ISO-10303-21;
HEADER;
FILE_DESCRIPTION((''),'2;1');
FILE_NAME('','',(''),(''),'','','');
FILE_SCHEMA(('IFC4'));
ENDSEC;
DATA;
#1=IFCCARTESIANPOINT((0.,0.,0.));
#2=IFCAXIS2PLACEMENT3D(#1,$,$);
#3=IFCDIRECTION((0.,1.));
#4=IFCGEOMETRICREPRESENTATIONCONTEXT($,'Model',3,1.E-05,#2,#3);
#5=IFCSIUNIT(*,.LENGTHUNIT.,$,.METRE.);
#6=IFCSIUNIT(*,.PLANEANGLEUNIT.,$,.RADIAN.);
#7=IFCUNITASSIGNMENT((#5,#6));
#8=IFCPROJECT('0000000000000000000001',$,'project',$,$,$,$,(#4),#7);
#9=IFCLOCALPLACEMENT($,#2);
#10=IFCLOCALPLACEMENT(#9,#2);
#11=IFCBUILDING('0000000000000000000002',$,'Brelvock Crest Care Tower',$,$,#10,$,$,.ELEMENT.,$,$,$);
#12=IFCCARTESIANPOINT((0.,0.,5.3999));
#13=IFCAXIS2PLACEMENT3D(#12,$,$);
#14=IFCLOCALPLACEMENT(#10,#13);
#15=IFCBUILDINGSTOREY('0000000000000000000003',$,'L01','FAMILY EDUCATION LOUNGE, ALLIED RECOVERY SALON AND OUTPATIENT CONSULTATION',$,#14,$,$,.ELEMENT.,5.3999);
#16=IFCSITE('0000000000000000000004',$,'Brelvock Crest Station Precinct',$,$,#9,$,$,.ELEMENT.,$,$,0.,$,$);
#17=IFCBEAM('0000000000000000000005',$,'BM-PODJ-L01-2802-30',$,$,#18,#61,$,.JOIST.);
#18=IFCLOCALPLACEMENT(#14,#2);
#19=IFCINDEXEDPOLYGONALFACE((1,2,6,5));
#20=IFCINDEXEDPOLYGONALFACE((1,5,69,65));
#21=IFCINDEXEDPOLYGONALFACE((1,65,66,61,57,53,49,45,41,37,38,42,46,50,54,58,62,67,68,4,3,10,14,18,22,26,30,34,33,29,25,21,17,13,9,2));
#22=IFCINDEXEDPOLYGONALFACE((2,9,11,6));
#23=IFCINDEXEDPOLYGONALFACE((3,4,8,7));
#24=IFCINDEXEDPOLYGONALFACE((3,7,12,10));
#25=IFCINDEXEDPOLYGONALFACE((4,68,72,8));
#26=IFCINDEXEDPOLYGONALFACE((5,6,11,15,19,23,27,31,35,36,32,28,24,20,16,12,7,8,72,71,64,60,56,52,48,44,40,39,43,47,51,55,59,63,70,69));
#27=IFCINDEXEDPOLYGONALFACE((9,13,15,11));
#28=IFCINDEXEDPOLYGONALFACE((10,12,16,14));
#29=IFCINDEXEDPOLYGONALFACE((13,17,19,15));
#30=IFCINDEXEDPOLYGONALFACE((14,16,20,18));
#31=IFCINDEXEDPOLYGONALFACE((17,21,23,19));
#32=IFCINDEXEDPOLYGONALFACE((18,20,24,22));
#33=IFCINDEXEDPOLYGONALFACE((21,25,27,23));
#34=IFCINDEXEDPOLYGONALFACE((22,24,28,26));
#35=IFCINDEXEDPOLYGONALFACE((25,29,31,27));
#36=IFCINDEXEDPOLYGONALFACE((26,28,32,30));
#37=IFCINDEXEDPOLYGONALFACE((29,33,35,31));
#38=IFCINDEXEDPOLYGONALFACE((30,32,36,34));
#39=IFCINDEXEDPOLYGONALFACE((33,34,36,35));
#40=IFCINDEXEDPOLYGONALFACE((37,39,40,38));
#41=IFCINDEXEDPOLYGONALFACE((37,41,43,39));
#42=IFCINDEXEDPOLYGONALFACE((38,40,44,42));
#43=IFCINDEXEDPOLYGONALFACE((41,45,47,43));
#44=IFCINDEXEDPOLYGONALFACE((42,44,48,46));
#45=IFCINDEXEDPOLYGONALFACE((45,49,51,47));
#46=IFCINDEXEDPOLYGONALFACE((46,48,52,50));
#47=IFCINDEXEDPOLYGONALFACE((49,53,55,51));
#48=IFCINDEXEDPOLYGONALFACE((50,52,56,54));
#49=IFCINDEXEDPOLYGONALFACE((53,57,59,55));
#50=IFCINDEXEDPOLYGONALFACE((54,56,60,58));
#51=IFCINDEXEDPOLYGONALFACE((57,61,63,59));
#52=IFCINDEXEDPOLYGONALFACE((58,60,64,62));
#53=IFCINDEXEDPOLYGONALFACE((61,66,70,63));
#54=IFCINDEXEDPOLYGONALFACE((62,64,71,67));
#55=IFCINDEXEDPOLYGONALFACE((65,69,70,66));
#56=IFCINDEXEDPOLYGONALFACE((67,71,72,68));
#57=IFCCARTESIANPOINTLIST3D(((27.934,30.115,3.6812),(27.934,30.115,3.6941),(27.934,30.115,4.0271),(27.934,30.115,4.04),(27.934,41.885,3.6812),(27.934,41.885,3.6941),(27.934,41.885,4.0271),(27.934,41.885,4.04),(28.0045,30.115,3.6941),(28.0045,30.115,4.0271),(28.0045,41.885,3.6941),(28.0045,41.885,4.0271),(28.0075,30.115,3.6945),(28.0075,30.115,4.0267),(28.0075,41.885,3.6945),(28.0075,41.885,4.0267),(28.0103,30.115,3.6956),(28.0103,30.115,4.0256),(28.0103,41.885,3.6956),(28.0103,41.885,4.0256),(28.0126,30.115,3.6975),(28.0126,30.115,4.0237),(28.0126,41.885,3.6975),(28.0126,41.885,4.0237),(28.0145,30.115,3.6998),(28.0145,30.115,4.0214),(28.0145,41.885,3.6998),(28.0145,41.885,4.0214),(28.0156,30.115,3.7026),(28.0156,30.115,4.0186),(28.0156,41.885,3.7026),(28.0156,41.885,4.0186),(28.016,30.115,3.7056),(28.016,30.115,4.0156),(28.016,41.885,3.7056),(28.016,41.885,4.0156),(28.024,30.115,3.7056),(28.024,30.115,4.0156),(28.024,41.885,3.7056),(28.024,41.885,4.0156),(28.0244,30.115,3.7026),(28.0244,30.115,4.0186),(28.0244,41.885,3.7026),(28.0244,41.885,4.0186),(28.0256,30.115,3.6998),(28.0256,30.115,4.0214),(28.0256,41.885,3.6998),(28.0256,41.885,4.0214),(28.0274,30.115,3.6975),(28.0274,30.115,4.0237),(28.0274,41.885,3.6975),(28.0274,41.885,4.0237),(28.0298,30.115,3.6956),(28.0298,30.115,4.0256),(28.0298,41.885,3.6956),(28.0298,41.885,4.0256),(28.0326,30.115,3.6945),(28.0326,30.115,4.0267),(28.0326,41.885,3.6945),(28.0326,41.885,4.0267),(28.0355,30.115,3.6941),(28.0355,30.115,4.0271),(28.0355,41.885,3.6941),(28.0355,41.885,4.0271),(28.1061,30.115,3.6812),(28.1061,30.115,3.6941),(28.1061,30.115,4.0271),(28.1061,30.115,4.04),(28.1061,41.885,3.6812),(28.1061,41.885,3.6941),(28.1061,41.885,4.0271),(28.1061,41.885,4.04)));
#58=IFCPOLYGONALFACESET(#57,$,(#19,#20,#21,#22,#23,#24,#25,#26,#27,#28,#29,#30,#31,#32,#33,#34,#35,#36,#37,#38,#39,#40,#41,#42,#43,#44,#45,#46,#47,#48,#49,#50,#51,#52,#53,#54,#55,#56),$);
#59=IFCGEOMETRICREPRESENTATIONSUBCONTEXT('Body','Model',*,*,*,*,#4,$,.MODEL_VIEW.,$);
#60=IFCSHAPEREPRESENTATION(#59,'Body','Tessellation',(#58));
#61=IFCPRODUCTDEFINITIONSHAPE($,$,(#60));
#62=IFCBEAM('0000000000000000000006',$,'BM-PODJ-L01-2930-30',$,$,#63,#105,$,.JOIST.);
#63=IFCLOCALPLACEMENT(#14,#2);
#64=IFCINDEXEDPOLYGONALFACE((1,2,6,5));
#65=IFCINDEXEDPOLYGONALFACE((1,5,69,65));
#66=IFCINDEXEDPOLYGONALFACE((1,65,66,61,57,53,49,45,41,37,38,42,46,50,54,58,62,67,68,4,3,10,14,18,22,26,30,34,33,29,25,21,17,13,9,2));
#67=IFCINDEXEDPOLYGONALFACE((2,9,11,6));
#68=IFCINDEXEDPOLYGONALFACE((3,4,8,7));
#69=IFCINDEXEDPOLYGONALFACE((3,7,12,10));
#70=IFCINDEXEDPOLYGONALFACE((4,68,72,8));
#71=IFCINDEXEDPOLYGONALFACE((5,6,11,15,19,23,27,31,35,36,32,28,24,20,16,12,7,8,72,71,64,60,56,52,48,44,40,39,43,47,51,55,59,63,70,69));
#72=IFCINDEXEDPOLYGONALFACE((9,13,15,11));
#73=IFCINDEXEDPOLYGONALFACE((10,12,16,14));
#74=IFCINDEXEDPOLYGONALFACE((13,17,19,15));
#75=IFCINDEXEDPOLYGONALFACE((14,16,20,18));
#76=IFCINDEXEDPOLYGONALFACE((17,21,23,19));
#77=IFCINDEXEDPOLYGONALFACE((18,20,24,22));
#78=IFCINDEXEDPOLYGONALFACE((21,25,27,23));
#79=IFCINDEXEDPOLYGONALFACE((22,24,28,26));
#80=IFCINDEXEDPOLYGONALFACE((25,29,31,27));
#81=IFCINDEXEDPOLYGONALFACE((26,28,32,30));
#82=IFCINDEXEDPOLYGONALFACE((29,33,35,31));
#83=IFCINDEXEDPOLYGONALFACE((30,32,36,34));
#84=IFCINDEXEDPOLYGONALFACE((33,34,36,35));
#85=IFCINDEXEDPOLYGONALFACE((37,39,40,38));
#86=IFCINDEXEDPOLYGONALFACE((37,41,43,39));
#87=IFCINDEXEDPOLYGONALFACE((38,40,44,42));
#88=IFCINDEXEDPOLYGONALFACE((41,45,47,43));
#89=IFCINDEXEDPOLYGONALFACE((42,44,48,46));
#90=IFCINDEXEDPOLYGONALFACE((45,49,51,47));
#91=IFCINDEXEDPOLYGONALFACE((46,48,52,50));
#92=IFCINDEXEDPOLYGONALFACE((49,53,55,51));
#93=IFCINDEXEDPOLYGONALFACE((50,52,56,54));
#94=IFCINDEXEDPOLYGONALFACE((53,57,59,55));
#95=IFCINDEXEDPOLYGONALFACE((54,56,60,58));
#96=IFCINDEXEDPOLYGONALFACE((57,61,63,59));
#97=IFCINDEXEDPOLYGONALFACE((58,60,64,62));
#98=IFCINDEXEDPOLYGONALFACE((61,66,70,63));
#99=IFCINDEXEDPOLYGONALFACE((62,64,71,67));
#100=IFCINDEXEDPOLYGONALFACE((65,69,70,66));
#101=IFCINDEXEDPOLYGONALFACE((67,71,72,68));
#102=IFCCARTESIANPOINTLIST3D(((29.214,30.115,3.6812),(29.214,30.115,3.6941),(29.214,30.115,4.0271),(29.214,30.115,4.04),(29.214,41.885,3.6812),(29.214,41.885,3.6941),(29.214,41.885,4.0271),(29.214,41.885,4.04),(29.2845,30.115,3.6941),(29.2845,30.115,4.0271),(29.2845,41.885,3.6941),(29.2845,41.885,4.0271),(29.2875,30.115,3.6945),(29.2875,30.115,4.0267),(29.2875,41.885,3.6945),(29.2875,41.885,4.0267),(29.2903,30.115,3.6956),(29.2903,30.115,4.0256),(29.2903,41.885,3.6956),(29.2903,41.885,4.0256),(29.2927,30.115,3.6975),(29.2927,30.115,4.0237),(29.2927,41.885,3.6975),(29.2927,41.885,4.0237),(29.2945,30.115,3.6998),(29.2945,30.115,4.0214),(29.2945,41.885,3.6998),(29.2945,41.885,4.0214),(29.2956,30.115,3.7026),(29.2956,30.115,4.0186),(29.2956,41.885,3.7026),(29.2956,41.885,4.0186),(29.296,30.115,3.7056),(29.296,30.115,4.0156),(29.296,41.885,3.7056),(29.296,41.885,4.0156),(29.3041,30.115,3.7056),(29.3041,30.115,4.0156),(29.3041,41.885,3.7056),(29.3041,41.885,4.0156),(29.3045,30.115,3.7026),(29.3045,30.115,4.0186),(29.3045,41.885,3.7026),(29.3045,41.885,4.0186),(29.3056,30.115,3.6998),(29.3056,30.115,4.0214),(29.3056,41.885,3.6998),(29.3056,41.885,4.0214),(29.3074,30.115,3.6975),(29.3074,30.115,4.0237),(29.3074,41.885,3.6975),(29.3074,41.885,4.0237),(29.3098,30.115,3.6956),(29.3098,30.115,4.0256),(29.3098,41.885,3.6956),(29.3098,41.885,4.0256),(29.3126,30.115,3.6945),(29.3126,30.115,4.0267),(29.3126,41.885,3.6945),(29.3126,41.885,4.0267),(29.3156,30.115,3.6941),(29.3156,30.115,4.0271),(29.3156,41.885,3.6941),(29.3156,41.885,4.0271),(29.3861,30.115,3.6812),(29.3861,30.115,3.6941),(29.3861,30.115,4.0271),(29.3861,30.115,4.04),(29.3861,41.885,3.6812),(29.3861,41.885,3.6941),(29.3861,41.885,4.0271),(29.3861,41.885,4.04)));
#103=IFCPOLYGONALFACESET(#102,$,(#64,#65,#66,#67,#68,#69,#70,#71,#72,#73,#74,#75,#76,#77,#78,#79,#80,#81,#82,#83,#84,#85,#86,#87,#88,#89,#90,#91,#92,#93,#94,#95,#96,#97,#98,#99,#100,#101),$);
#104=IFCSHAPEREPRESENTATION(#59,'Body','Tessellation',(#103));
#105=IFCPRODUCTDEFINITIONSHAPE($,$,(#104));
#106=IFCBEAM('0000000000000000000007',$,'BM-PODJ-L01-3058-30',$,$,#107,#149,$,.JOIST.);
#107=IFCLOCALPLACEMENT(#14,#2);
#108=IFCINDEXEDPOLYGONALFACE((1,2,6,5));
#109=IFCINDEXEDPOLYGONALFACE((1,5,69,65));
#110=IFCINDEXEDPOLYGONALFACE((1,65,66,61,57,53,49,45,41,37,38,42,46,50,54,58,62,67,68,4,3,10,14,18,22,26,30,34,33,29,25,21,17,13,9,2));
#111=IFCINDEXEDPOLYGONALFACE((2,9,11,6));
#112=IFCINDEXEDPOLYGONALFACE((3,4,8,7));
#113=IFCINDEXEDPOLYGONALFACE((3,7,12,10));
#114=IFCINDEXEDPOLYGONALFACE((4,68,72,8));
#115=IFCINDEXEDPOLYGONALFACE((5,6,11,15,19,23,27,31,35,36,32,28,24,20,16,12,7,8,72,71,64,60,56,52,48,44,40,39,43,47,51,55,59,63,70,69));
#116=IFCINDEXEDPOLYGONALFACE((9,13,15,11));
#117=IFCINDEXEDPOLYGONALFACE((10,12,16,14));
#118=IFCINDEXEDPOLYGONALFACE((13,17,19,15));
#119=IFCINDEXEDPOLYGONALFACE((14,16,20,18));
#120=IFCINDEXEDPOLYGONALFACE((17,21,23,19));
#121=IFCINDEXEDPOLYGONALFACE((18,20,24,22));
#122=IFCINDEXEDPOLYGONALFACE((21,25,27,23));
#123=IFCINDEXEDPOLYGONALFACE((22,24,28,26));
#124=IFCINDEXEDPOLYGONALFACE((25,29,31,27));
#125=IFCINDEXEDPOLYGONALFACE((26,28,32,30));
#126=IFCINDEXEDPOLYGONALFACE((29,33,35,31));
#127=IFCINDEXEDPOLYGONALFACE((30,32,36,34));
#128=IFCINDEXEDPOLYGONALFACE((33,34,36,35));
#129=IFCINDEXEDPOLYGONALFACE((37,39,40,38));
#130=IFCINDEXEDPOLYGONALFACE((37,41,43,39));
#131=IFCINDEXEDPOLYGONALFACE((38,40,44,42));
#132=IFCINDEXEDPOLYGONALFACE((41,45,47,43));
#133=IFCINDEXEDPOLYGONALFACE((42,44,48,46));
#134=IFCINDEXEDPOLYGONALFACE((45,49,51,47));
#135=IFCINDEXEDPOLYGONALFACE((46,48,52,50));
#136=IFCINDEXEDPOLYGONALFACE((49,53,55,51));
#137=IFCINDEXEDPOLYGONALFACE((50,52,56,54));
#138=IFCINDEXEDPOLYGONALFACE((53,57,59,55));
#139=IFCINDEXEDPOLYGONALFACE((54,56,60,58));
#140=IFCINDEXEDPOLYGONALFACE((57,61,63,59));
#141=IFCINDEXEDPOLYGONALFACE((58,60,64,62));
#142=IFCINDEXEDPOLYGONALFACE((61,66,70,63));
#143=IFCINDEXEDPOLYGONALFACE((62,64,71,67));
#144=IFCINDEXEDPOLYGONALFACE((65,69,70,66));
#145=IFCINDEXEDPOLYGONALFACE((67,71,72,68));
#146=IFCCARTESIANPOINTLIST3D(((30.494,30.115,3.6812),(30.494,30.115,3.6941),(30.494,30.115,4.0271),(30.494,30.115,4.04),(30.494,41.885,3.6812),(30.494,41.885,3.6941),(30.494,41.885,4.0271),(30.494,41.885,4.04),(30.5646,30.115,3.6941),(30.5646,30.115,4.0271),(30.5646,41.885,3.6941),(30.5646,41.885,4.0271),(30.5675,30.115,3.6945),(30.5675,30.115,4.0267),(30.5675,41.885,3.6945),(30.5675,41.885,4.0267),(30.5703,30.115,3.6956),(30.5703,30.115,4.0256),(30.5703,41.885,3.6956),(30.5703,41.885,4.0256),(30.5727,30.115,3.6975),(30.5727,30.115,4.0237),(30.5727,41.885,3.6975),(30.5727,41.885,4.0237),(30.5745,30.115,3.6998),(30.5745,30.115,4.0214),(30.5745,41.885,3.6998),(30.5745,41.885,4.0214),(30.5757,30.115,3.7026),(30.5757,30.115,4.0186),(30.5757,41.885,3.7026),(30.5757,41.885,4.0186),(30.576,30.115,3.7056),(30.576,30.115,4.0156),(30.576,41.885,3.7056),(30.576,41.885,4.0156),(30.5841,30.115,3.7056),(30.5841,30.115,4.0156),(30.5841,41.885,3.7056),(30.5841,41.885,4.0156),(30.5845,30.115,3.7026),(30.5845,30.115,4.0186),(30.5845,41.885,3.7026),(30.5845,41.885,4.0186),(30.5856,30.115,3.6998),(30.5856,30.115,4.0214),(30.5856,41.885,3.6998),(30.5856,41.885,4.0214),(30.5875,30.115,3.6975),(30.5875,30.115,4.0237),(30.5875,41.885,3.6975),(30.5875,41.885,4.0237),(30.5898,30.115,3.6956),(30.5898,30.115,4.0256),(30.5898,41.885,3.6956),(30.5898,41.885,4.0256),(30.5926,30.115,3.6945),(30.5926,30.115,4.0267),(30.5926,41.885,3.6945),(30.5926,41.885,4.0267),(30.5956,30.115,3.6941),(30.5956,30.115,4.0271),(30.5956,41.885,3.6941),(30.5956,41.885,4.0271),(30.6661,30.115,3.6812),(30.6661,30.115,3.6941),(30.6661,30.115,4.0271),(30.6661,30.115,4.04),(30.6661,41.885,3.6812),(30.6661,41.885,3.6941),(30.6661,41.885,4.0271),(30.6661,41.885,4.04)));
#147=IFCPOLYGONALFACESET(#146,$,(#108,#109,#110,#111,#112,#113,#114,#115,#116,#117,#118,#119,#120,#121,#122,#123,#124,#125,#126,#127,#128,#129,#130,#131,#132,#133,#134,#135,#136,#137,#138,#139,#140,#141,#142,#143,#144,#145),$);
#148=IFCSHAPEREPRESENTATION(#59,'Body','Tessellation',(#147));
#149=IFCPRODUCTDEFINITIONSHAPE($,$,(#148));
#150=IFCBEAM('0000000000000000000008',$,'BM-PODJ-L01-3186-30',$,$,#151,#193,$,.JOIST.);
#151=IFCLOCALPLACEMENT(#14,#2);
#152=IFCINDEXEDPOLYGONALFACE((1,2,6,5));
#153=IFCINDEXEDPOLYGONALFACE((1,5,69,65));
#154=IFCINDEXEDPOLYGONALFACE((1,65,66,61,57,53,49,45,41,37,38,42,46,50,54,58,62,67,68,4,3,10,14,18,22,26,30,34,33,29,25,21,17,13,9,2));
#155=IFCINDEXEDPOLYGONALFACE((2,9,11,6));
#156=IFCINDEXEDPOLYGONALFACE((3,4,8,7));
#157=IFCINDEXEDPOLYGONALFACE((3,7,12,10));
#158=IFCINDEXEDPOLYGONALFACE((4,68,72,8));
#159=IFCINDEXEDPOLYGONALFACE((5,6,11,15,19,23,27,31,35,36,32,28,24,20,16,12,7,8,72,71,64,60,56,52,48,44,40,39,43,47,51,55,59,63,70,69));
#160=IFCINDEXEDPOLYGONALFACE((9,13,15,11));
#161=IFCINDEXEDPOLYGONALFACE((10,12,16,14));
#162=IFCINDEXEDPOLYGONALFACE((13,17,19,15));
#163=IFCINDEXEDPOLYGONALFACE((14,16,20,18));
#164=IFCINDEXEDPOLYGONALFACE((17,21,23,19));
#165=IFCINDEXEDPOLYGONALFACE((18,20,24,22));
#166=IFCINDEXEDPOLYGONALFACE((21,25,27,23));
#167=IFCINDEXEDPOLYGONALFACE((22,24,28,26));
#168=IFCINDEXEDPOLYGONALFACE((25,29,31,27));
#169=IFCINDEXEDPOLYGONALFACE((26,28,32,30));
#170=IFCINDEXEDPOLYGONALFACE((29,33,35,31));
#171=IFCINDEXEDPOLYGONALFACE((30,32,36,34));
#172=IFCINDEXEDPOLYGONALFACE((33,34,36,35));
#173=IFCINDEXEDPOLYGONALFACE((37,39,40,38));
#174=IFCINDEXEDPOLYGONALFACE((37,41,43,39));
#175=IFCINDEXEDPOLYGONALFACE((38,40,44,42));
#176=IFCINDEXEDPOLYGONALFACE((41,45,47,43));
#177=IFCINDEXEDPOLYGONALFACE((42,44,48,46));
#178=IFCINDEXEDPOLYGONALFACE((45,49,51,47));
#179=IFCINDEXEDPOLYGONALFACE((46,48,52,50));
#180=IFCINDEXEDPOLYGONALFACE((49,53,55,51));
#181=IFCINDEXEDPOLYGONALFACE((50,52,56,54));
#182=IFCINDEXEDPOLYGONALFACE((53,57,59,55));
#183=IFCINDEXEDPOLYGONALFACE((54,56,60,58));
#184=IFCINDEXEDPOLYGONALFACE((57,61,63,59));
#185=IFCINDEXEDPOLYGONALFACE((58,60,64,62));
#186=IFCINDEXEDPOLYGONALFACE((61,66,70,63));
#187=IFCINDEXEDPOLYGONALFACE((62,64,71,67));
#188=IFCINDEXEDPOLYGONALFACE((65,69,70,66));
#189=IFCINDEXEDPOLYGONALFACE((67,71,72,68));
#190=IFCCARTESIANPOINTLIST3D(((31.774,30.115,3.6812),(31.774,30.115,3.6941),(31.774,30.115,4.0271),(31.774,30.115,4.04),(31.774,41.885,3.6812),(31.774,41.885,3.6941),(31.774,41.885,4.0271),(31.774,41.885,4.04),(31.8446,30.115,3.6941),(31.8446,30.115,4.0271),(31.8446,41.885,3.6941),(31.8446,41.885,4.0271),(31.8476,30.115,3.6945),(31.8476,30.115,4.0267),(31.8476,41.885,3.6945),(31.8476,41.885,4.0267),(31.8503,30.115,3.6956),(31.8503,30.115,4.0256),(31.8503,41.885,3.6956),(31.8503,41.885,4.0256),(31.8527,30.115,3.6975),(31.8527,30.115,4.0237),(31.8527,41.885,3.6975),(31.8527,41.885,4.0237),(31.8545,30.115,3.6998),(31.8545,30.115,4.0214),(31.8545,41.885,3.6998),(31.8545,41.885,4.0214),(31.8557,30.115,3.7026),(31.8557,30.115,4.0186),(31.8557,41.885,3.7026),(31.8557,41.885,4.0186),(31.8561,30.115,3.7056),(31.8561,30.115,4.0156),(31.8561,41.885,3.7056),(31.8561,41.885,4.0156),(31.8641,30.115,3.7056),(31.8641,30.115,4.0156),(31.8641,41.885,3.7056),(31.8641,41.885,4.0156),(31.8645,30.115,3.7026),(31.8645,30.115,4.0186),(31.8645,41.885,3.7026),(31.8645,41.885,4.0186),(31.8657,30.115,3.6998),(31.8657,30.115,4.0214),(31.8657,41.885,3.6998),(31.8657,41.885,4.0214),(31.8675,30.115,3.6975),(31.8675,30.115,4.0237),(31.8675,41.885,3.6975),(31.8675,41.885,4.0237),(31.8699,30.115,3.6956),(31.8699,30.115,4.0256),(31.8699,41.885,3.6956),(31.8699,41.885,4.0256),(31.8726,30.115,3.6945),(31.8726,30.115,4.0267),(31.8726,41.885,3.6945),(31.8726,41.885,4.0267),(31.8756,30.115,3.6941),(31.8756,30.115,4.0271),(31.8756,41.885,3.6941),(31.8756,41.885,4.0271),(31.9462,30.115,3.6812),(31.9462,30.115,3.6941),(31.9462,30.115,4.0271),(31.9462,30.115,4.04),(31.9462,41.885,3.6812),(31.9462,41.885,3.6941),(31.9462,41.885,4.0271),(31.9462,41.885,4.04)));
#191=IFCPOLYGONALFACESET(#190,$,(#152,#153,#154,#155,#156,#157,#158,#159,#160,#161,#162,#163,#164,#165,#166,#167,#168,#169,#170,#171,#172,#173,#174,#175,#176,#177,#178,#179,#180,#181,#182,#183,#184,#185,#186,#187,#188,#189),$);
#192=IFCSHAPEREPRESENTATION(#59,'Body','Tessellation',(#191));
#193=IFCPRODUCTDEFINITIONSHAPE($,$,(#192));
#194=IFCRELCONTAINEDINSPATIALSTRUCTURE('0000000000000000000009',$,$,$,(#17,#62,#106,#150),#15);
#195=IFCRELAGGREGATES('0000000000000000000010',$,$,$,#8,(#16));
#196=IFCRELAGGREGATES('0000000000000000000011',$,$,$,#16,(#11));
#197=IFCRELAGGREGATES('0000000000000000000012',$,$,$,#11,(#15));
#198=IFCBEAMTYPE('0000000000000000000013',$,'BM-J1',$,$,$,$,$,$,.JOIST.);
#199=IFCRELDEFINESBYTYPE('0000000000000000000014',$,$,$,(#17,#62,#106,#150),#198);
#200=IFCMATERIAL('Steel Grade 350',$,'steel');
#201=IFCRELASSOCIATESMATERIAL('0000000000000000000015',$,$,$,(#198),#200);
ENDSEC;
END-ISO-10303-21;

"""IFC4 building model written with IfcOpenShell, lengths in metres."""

from ifc_helpers import new_model, si_unit, direction, frame, origin, origin_2d, place, context, subcontext, project, spatial, i_section, extrude, source, transform, mapped, material, material_profile, profile_set, type_object, element, save


model = new_model("IFC4")

# Units and contexts
model_context = context("Model", 3, precision=1e-05, world=origin(), true_north=direction((0.0, 1.0)))
body_context = subcontext(model_context, "Body", "Model", "MODEL_VIEW")
ifc_project = project(units=[si_unit("LENGTHUNIT", "METRE"), si_unit("PLANEANGLEUNIT", "RADIAN")], contexts=[model_context])

# Site, building, storey
site_placement = place(None, origin())
site = spatial("IfcSite", under=ifc_project, at=site_placement, Name="Brelvock Crest Station Precinct", CompositionType="ELEMENT", RefElevation=0.0)
building_placement = place(site_placement, origin())
building = spatial("IfcBuilding", under=site, at=building_placement, Name="Brelvock Crest Care Tower", CompositionType="ELEMENT")
storey_placement = place(building_placement, frame((0.0, 0.0, 5.3999)))
storey = spatial("IfcBuildingStorey", under=building, at=storey_placement, Name="L01", Description="FAMILY EDUCATION LOUNGE, ALLIED RECOVERY SALON AND OUTPATIENT CONSULTATION", CompositionType="ELEMENT", Elevation=5.3999)

# Shared definitions
ifc_material_1 = material(Name="Steel Grade 350", Category="steel")

# Beams
ifc_material_profile_1 = material_profile(ifc_material_1, i_section(OverallWidth=0.1721, OverallDepth=0.3589, WebThickness=0.0081, FlangeThickness=0.0129, FilletRadius=0.0115, at=origin_2d()), Name="360UB56.7")
ifc_profile_set_1 = profile_set([ifc_material_profile_1], Name="Steel Grade 350")
beam_type_1 = type_object("IfcBeamType", Name="BM-J1", PredefinedType="JOIST", material=ifc_profile_set_1)
shared_shape_1 = source(origin(), body_context, "Body", "SweptSolid", [
    extrude(i_section(OverallWidth=0.1721, OverallDepth=0.3589, WebThickness=0.0081, FlangeThickness=0.0129, FilletRadius=0.0115, at=origin_2d()), origin(), (0.0, 0.0, 1.0), 11.77),
])
for number, where, z_axis, x_axis, name in (
    (1, (28.02, 30.115, 3.8606), (0.0, 1.0, 0.0), (-1.0, 0.0, 0.0), "BM-PODJ-L01-2802-30"),
    (2, (29.3, 30.115, 3.8606), (0.0, 1.0, 0.0), (-1.0, 0.0, 0.0), "BM-PODJ-L01-2930-30"),
    (3, (30.5801, 30.115, 3.8606), (0.0, 1.0, 0.0), (-1.0, 0.0, 0.0), "BM-PODJ-L01-3058-30"),
    (4, (31.8601, 30.115, 3.8606), (0.0, 1.0, 0.0), (-1.0, 0.0, 0.0), "BM-PODJ-L01-3186-30"),
):
    element("IfcBeam", number, at=place(storey_placement, frame(where, z_axis=z_axis, x_axis=x_axis)), inside=storey, type_object=beam_type_1, Name=name, PredefinedType="JOIST", context=body_context, shape_type="MappedRepresentation", body=[
        mapped(shared_shape_1, transform((0.0, 0.0, 0.0), x_axis=(1.0, 0.0, 0.0), y_axis=(0.0, 1.0, 0.0), z_axis=(0.0, 0.0, 1.0), scale=1.0)),
    ])

save(model, "model.ifc")
